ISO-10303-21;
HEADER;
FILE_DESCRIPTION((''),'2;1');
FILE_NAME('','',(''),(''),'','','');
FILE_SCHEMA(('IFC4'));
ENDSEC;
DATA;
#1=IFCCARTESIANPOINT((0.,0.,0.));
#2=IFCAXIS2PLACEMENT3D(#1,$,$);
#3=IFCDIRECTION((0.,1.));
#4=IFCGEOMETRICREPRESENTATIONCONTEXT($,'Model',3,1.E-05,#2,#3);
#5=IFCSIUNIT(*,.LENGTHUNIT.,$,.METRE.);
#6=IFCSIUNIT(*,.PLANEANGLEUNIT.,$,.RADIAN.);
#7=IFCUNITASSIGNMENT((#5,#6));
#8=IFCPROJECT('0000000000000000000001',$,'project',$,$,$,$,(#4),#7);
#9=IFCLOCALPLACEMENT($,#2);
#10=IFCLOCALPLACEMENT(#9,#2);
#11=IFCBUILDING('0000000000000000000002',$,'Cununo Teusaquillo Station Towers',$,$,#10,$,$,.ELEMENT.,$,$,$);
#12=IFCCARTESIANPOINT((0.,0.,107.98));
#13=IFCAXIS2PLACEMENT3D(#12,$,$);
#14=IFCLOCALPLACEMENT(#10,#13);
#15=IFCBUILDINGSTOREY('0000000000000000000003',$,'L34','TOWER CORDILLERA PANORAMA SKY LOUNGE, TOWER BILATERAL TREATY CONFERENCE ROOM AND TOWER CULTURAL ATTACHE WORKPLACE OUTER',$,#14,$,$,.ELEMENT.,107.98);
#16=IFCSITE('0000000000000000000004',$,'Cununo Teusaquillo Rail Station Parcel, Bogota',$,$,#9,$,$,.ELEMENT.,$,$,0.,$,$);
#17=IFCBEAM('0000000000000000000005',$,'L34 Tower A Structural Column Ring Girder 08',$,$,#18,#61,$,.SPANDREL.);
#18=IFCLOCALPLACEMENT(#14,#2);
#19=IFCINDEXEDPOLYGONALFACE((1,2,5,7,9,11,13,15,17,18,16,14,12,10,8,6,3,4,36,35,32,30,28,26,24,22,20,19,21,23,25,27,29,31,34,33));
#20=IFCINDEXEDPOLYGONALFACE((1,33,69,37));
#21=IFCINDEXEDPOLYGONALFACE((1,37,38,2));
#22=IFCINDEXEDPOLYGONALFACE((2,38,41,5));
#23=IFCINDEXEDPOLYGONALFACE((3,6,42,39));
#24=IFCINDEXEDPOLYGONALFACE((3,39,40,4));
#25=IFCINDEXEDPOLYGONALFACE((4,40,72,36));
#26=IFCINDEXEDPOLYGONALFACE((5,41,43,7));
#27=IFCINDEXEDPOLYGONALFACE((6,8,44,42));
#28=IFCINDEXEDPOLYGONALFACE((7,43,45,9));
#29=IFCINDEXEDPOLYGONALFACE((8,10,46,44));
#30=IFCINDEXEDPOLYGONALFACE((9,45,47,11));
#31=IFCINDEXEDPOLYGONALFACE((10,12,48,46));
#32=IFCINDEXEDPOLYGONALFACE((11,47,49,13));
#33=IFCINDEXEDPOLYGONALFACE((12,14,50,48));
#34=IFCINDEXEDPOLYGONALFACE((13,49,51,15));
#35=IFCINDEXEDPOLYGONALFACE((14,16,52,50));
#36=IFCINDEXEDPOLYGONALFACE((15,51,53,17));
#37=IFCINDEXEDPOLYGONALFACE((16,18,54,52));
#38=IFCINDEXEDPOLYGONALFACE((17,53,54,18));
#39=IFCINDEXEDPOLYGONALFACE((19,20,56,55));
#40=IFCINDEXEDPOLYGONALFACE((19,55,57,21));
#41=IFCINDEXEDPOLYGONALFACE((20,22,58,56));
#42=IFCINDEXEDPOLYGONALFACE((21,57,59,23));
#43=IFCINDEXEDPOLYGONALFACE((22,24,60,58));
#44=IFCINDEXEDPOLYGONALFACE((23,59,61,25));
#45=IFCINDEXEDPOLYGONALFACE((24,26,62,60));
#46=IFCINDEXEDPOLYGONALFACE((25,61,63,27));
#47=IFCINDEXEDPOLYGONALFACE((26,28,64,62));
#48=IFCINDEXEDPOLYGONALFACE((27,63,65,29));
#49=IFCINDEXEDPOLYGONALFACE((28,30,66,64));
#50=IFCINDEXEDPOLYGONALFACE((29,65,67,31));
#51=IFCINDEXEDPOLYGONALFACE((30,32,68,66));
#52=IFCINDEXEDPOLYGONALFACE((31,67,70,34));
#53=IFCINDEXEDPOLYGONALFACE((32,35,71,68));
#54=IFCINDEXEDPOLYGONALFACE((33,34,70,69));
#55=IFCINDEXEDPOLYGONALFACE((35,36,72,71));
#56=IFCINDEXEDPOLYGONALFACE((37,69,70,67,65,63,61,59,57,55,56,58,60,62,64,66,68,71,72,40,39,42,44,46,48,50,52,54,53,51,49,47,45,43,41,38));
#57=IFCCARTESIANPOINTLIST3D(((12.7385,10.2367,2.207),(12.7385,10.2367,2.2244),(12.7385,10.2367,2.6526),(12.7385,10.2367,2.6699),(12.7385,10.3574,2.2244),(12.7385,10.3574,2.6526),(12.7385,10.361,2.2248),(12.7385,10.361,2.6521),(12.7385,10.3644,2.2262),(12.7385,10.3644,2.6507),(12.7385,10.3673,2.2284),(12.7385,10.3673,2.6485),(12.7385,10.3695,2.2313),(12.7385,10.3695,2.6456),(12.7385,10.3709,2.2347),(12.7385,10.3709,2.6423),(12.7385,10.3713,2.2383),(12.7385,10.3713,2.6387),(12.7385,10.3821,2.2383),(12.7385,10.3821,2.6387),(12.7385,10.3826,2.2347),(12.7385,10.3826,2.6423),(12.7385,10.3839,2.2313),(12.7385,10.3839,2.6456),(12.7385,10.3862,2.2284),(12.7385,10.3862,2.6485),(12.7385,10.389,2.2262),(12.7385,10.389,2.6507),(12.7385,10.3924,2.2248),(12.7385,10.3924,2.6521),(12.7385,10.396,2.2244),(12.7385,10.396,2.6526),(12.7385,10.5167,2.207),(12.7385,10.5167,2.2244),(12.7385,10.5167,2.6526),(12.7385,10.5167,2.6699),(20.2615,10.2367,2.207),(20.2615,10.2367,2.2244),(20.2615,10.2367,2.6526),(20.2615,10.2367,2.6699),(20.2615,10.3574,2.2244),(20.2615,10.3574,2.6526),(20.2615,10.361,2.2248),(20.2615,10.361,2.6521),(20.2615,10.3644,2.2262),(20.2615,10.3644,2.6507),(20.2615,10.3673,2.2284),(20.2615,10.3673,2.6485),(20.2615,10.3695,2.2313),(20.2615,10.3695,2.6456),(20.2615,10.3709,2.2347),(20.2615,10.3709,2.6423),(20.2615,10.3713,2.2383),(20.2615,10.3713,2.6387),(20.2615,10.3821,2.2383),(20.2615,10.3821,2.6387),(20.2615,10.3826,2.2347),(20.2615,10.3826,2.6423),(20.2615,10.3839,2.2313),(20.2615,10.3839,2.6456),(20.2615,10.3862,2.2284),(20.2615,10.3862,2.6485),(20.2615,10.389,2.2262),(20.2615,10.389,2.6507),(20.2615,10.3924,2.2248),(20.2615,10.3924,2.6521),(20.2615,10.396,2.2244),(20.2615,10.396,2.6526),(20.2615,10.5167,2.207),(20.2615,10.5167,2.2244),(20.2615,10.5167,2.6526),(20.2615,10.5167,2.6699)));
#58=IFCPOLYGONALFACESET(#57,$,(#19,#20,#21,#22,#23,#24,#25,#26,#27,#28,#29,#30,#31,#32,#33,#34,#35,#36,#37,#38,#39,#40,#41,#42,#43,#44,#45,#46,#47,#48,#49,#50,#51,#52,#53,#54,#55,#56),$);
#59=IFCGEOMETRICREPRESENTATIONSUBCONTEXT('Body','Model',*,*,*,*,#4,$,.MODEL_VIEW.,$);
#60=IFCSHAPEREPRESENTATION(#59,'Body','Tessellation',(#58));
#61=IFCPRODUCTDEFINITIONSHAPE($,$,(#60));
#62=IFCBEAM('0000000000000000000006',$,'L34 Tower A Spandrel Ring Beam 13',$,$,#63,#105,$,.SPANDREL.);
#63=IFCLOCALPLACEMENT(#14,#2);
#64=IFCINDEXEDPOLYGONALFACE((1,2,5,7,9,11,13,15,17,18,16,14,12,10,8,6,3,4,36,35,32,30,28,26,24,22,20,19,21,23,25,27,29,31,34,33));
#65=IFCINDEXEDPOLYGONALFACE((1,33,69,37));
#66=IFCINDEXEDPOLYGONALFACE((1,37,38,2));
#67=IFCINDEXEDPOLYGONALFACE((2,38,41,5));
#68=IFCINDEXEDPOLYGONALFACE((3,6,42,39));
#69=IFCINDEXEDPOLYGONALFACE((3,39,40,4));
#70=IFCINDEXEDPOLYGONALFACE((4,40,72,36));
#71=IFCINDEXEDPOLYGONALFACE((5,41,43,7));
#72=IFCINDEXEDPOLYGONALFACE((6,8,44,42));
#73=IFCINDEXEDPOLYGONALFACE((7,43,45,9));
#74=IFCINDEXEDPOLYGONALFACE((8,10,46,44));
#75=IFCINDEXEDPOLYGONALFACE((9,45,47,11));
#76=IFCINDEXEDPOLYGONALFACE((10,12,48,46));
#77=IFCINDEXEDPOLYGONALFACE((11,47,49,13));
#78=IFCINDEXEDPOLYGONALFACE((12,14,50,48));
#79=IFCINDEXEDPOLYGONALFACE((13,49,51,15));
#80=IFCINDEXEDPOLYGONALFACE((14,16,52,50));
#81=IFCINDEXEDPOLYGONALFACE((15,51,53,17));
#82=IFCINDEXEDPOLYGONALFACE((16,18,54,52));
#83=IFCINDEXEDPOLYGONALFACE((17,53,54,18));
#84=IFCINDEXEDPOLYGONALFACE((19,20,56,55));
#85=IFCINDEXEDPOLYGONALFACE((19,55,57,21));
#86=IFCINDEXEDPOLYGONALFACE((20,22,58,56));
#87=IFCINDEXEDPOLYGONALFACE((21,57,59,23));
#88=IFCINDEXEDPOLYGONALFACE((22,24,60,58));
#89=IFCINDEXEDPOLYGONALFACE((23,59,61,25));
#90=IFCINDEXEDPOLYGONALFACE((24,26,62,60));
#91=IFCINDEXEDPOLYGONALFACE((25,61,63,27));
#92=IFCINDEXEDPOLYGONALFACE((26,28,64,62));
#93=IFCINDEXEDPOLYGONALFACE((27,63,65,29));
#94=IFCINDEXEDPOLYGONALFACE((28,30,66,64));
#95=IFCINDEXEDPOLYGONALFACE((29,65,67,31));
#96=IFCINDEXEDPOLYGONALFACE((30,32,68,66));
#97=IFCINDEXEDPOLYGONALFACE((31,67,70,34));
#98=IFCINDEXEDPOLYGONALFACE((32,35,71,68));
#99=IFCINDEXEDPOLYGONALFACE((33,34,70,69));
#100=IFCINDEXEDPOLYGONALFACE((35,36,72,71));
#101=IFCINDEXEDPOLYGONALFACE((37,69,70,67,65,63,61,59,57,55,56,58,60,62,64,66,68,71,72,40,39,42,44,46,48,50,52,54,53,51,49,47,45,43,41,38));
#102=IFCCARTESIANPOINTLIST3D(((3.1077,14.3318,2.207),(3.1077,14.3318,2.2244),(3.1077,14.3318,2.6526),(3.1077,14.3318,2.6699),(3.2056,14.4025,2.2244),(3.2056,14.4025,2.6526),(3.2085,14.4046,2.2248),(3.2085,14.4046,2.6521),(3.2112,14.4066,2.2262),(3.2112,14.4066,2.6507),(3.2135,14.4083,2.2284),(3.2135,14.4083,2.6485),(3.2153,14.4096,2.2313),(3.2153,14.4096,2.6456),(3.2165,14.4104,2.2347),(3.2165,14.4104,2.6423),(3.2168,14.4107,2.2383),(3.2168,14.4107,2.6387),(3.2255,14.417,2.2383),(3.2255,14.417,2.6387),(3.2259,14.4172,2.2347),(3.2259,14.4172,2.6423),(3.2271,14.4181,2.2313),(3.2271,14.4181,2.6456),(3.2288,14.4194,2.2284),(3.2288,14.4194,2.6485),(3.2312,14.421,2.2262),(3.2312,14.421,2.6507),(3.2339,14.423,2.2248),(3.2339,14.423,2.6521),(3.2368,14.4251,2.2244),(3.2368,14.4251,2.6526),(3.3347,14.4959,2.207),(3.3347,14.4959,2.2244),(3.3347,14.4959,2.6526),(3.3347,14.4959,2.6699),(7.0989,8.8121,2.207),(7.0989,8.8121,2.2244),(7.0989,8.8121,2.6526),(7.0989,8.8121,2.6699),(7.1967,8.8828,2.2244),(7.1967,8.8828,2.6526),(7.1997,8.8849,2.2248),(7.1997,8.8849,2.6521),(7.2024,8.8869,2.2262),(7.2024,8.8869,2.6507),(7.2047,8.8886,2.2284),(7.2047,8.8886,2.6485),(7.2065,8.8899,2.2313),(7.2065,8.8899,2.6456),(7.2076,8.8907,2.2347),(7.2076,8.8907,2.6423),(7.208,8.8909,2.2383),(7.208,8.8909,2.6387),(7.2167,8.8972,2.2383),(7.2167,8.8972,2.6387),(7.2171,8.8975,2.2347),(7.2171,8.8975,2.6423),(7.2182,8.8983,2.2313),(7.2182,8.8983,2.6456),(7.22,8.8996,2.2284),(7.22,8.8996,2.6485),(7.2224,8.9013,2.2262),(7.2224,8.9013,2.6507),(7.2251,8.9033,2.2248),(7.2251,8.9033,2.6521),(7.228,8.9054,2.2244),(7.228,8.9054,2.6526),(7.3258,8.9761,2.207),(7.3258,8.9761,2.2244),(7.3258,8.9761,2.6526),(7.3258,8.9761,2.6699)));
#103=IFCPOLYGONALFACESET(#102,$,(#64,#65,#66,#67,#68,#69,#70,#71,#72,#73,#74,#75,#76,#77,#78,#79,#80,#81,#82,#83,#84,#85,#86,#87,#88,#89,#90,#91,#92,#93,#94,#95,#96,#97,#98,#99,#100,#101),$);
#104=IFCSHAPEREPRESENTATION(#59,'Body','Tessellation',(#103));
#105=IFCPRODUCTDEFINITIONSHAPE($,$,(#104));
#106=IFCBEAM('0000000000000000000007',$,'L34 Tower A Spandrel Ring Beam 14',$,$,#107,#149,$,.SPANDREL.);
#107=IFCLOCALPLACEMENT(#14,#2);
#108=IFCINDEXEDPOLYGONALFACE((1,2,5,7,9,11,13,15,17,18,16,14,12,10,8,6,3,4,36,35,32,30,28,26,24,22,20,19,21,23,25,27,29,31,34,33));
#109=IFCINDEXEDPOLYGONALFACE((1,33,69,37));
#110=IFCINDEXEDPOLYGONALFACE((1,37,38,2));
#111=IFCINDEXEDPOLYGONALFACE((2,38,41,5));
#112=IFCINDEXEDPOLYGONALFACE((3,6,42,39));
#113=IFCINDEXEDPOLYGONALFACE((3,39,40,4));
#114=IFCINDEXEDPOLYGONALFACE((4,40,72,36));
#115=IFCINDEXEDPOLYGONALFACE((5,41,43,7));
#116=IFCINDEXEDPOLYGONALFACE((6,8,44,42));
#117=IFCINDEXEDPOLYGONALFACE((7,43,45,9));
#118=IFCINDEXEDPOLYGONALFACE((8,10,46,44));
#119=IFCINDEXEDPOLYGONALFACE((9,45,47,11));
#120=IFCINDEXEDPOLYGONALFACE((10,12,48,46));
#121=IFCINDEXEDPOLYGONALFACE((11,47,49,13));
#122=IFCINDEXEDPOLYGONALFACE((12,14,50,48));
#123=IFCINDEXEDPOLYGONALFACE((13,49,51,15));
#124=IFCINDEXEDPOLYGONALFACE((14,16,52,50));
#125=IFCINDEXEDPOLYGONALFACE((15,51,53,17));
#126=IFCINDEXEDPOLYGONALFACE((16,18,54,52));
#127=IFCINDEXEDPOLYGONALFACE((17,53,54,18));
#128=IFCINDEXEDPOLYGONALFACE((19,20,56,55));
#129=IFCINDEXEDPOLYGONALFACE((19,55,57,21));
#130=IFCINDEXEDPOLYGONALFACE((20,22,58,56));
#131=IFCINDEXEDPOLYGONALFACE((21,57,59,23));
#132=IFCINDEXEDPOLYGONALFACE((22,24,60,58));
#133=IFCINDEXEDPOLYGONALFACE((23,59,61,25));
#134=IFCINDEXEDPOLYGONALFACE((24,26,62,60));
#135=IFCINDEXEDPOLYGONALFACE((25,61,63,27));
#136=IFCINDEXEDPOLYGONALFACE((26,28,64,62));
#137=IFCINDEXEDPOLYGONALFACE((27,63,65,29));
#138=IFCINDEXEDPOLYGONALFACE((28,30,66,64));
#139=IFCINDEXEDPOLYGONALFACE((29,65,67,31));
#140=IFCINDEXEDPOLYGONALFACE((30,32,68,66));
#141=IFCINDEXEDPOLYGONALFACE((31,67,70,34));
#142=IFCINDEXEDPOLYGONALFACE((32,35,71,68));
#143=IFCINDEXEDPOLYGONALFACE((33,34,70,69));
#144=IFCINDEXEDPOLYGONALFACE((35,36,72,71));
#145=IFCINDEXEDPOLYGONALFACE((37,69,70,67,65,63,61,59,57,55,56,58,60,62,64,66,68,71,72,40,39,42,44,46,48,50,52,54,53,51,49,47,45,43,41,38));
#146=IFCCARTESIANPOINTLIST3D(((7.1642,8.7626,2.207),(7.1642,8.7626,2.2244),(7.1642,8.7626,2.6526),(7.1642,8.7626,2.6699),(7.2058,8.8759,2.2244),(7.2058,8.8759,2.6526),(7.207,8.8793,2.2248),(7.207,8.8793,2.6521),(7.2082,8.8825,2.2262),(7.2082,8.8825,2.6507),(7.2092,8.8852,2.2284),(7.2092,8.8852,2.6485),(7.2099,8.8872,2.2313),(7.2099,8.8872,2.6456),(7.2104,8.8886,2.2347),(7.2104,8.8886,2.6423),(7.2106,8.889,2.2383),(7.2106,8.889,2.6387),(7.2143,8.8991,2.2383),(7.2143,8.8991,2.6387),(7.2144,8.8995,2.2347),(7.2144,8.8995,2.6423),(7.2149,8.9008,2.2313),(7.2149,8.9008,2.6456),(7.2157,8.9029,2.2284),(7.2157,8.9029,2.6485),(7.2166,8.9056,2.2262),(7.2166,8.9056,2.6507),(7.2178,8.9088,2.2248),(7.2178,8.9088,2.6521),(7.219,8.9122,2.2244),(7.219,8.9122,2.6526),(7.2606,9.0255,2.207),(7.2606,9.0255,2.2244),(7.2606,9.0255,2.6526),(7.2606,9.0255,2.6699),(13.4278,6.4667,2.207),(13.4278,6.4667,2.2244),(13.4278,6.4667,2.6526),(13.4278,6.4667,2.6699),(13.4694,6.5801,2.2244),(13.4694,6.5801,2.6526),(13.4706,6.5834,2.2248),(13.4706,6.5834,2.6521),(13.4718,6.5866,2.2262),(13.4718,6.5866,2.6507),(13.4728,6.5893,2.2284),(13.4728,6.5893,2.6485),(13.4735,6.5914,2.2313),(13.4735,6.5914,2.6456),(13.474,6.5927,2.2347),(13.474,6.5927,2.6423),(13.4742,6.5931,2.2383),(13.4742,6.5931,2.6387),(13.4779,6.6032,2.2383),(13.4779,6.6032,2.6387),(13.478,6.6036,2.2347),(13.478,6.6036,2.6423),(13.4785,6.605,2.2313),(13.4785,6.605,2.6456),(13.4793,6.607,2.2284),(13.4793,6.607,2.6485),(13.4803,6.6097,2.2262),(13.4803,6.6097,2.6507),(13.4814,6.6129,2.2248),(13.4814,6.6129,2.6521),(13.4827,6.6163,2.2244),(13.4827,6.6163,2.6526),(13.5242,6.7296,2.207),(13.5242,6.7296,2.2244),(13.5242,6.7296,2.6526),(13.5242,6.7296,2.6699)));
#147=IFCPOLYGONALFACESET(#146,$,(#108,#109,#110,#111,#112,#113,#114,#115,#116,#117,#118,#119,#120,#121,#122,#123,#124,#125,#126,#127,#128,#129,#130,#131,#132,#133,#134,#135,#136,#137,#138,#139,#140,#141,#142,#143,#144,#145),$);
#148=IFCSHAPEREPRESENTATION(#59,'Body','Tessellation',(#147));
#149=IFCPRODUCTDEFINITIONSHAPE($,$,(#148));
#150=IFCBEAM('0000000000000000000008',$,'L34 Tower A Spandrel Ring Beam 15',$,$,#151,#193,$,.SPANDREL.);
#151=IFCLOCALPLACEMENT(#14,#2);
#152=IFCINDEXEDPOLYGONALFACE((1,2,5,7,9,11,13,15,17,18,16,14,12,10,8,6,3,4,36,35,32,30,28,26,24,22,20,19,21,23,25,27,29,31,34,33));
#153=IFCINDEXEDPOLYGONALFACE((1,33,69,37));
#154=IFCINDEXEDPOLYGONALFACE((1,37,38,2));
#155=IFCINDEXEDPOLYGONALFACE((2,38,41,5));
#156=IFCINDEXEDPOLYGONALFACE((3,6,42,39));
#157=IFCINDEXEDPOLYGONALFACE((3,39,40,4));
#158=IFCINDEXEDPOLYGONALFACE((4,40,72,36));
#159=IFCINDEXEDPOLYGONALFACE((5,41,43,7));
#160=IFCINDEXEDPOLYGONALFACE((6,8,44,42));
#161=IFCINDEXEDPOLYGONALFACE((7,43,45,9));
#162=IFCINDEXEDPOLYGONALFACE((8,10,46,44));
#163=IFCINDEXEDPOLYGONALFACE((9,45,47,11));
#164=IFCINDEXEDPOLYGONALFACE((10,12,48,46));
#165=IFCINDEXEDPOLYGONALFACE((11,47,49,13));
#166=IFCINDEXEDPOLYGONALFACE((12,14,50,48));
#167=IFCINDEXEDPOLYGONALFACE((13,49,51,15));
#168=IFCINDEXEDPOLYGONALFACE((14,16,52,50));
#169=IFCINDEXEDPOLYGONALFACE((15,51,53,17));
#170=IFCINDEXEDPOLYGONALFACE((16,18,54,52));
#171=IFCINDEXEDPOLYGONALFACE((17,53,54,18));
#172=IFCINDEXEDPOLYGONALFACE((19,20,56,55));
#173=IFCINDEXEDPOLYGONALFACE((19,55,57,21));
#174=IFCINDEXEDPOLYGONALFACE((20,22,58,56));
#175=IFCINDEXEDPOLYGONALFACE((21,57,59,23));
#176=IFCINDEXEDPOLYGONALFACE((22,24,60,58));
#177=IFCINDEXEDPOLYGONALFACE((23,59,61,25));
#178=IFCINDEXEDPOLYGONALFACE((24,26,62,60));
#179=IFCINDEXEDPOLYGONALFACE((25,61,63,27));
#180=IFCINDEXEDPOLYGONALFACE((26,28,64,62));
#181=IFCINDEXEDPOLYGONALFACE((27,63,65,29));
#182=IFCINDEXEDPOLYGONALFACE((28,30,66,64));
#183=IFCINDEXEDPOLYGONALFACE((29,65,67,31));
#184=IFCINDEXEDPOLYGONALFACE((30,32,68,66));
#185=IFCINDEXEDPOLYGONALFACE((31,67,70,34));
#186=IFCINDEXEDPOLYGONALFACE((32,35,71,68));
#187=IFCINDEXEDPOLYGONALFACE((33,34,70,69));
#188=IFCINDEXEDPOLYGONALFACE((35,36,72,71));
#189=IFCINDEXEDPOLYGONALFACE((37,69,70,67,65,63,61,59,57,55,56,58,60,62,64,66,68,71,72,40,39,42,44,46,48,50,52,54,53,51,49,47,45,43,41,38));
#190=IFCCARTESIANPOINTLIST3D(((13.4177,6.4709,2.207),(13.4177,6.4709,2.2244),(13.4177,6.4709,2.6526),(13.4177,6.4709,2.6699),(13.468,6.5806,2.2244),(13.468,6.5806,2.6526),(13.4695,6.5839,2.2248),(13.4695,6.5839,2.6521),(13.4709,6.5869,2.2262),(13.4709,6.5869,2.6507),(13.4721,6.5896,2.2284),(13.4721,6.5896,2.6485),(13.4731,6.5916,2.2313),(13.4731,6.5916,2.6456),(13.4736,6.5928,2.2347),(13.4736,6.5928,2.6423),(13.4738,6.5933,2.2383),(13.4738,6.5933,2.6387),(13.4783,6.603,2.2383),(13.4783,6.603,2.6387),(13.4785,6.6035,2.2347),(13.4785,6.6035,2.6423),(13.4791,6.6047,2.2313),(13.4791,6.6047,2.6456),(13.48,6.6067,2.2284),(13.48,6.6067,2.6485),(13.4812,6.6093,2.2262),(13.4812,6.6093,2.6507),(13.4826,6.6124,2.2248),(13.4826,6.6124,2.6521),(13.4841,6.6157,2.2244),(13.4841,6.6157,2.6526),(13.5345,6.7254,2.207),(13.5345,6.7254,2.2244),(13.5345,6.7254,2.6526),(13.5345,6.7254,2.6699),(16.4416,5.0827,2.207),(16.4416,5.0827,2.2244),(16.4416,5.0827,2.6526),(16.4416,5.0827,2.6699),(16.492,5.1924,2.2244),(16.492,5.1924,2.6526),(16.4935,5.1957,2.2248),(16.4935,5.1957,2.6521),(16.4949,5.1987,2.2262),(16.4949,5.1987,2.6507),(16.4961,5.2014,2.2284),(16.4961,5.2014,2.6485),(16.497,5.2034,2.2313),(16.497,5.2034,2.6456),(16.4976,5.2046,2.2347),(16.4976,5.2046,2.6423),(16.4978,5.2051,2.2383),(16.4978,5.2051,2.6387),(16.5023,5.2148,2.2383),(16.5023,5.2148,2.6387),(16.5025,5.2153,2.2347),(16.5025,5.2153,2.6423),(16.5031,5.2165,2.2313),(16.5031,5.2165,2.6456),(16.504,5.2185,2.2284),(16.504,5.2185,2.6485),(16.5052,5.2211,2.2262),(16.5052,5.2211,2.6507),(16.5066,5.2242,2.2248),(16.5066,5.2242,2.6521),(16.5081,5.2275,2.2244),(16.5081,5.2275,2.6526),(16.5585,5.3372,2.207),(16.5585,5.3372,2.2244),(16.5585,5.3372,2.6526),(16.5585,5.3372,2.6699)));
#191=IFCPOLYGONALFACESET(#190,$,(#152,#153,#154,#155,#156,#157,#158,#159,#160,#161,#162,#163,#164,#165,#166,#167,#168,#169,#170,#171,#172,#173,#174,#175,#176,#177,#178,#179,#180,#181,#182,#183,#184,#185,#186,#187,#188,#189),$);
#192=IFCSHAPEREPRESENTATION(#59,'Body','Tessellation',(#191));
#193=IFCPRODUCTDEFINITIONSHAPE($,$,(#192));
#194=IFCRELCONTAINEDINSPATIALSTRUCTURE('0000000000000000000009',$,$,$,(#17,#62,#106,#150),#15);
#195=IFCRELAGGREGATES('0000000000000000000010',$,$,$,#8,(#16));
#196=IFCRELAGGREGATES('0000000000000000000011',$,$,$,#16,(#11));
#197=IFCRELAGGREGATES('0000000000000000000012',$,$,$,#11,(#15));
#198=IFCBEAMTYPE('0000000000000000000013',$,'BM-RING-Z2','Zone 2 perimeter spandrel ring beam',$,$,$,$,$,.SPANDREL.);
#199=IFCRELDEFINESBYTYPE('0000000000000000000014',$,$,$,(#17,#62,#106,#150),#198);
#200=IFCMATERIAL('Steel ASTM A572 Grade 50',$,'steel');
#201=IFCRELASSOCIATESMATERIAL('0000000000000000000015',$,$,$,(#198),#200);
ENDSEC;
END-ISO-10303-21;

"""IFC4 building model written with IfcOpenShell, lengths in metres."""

from ifc_helpers import new_model, si_unit, direction, frame, origin, origin_2d, place, context, subcontext, project, spatial, i_section, extrude, material, material_profile, profile_set, type_object, element, save


model = new_model("IFC4")

# Units and contexts
model_context = context("Model", 3, precision=1e-05, world=origin(), true_north=direction((0.0, 1.0)))
body_context = subcontext(model_context, "Body", "Model", "MODEL_VIEW")
ifc_project = project(units=[si_unit("LENGTHUNIT", "METRE"), si_unit("PLANEANGLEUNIT", "RADIAN")], contexts=[model_context])

# Site, building, storey
site_placement = place(None, origin())
site = spatial("IfcSite", under=ifc_project, at=site_placement, Name="Cununo Teusaquillo Rail Station Parcel, Bogota", CompositionType="ELEMENT", RefElevation=0.0)
building_placement = place(site_placement, origin())
building = spatial("IfcBuilding", under=site, at=building_placement, Name="Cununo Teusaquillo Station Towers", CompositionType="ELEMENT")
storey_placement = place(building_placement, frame((0.0, 0.0, 107.98)))
storey = spatial("IfcBuildingStorey", under=building, at=storey_placement, Name="L34", Description="TOWER CORDILLERA PANORAMA SKY LOUNGE, TOWER BILATERAL TREATY CONFERENCE ROOM AND TOWER CULTURAL ATTACHE WORKPLACE OUTER", CompositionType="ELEMENT", Elevation=107.98)

# Beams
ifc_material_1 = material(Name="Steel ASTM A572 Grade 50", Category="steel")
ifc_material_profile_1 = material_profile(ifc_material_1, i_section(OverallWidth=0.28, OverallDepth=0.4629, WebThickness=0.0107, FlangeThickness=0.0173, FilletRadius=0.0139, at=origin_2d()), Name="W18X76")
ifc_profile_set_1 = profile_set([ifc_material_profile_1], Name="Steel ASTM A572 Grade 50")
beam_type = type_object("IfcBeamType", Name="BM-RING-Z2", Description="Zone 2 perimeter spandrel ring beam", PredefinedType="SPANDREL", material=ifc_profile_set_1)
beam_1_placement = place(storey_placement, frame((12.7385, 10.3767, 2.4385), z_axis=(1.0, 0.0, 0.0), x_axis=(0.0, 1.0, 0.0)))
element("IfcBeam", 1, at=beam_1_placement, inside=storey, type_object=beam_type, Name="L34 Tower A Structural Column Ring Girder 08", PredefinedType="SPANDREL", context=body_context, shape_type="SweptSolid", body=[
    extrude(i_section(OverallWidth=0.28, OverallDepth=0.4629, WebThickness=0.0107, FlangeThickness=0.0173, FilletRadius=0.0139, at=origin_2d()), origin(), (0.0, 0.0, 1.0), 7.5229),
])
beam_2_placement = place(storey_placement, frame((3.2212, 14.4138, 2.4385), z_axis=(0.585945, -0.810351, 0.0), x_axis=(0.810351, 0.585945, 0.0)))
element("IfcBeam", 2, at=beam_2_placement, inside=storey, type_object=beam_type, Name="L34 Tower A Spandrel Ring Beam 13", PredefinedType="SPANDREL", context=body_context, shape_type="SweptSolid", body=[
    extrude(i_section(OverallWidth=0.28, OverallDepth=0.4629, WebThickness=0.0107, FlangeThickness=0.0173, FilletRadius=0.0139, at=origin_2d()), origin(), (0.0, 0.0, 1.0), 6.8115),
])
beam_3_placement = place(storey_placement, frame((7.2124, 8.894, 2.4385), z_axis=(0.938914, -0.344151, 0.0), x_axis=(0.344151, 0.938914, 0.0)))
element("IfcBeam", 3, at=beam_3_placement, inside=storey, type_object=beam_type, Name="L34 Tower A Spandrel Ring Beam 14", PredefinedType="SPANDREL", context=body_context, shape_type="SweptSolid", body=[
    extrude(i_section(OverallWidth=0.28, OverallDepth=0.4629, WebThickness=0.0107, FlangeThickness=0.0173, FilletRadius=0.0139, at=origin_2d()), origin(), (0.0, 0.0, 1.0), 6.6711),
])
beam_4_placement = place(storey_placement, frame((13.4761, 6.5981, 2.4385), z_axis=(0.908812, -0.417205, 0.0), x_axis=(0.417205, 0.908812, 0.0)))
element("IfcBeam", 4, at=beam_4_placement, inside=storey, type_object=beam_type, Name="L34 Tower A Spandrel Ring Beam 15", PredefinedType="SPANDREL", context=body_context, shape_type="SweptSolid", body=[
    extrude(i_section(OverallWidth=0.28, OverallDepth=0.4629, WebThickness=0.0107, FlangeThickness=0.0173, FilletRadius=0.0139, at=origin_2d()), origin(), (0.0, 0.0, 1.0), 3.3274),
])

save(model, "model.ifc")
